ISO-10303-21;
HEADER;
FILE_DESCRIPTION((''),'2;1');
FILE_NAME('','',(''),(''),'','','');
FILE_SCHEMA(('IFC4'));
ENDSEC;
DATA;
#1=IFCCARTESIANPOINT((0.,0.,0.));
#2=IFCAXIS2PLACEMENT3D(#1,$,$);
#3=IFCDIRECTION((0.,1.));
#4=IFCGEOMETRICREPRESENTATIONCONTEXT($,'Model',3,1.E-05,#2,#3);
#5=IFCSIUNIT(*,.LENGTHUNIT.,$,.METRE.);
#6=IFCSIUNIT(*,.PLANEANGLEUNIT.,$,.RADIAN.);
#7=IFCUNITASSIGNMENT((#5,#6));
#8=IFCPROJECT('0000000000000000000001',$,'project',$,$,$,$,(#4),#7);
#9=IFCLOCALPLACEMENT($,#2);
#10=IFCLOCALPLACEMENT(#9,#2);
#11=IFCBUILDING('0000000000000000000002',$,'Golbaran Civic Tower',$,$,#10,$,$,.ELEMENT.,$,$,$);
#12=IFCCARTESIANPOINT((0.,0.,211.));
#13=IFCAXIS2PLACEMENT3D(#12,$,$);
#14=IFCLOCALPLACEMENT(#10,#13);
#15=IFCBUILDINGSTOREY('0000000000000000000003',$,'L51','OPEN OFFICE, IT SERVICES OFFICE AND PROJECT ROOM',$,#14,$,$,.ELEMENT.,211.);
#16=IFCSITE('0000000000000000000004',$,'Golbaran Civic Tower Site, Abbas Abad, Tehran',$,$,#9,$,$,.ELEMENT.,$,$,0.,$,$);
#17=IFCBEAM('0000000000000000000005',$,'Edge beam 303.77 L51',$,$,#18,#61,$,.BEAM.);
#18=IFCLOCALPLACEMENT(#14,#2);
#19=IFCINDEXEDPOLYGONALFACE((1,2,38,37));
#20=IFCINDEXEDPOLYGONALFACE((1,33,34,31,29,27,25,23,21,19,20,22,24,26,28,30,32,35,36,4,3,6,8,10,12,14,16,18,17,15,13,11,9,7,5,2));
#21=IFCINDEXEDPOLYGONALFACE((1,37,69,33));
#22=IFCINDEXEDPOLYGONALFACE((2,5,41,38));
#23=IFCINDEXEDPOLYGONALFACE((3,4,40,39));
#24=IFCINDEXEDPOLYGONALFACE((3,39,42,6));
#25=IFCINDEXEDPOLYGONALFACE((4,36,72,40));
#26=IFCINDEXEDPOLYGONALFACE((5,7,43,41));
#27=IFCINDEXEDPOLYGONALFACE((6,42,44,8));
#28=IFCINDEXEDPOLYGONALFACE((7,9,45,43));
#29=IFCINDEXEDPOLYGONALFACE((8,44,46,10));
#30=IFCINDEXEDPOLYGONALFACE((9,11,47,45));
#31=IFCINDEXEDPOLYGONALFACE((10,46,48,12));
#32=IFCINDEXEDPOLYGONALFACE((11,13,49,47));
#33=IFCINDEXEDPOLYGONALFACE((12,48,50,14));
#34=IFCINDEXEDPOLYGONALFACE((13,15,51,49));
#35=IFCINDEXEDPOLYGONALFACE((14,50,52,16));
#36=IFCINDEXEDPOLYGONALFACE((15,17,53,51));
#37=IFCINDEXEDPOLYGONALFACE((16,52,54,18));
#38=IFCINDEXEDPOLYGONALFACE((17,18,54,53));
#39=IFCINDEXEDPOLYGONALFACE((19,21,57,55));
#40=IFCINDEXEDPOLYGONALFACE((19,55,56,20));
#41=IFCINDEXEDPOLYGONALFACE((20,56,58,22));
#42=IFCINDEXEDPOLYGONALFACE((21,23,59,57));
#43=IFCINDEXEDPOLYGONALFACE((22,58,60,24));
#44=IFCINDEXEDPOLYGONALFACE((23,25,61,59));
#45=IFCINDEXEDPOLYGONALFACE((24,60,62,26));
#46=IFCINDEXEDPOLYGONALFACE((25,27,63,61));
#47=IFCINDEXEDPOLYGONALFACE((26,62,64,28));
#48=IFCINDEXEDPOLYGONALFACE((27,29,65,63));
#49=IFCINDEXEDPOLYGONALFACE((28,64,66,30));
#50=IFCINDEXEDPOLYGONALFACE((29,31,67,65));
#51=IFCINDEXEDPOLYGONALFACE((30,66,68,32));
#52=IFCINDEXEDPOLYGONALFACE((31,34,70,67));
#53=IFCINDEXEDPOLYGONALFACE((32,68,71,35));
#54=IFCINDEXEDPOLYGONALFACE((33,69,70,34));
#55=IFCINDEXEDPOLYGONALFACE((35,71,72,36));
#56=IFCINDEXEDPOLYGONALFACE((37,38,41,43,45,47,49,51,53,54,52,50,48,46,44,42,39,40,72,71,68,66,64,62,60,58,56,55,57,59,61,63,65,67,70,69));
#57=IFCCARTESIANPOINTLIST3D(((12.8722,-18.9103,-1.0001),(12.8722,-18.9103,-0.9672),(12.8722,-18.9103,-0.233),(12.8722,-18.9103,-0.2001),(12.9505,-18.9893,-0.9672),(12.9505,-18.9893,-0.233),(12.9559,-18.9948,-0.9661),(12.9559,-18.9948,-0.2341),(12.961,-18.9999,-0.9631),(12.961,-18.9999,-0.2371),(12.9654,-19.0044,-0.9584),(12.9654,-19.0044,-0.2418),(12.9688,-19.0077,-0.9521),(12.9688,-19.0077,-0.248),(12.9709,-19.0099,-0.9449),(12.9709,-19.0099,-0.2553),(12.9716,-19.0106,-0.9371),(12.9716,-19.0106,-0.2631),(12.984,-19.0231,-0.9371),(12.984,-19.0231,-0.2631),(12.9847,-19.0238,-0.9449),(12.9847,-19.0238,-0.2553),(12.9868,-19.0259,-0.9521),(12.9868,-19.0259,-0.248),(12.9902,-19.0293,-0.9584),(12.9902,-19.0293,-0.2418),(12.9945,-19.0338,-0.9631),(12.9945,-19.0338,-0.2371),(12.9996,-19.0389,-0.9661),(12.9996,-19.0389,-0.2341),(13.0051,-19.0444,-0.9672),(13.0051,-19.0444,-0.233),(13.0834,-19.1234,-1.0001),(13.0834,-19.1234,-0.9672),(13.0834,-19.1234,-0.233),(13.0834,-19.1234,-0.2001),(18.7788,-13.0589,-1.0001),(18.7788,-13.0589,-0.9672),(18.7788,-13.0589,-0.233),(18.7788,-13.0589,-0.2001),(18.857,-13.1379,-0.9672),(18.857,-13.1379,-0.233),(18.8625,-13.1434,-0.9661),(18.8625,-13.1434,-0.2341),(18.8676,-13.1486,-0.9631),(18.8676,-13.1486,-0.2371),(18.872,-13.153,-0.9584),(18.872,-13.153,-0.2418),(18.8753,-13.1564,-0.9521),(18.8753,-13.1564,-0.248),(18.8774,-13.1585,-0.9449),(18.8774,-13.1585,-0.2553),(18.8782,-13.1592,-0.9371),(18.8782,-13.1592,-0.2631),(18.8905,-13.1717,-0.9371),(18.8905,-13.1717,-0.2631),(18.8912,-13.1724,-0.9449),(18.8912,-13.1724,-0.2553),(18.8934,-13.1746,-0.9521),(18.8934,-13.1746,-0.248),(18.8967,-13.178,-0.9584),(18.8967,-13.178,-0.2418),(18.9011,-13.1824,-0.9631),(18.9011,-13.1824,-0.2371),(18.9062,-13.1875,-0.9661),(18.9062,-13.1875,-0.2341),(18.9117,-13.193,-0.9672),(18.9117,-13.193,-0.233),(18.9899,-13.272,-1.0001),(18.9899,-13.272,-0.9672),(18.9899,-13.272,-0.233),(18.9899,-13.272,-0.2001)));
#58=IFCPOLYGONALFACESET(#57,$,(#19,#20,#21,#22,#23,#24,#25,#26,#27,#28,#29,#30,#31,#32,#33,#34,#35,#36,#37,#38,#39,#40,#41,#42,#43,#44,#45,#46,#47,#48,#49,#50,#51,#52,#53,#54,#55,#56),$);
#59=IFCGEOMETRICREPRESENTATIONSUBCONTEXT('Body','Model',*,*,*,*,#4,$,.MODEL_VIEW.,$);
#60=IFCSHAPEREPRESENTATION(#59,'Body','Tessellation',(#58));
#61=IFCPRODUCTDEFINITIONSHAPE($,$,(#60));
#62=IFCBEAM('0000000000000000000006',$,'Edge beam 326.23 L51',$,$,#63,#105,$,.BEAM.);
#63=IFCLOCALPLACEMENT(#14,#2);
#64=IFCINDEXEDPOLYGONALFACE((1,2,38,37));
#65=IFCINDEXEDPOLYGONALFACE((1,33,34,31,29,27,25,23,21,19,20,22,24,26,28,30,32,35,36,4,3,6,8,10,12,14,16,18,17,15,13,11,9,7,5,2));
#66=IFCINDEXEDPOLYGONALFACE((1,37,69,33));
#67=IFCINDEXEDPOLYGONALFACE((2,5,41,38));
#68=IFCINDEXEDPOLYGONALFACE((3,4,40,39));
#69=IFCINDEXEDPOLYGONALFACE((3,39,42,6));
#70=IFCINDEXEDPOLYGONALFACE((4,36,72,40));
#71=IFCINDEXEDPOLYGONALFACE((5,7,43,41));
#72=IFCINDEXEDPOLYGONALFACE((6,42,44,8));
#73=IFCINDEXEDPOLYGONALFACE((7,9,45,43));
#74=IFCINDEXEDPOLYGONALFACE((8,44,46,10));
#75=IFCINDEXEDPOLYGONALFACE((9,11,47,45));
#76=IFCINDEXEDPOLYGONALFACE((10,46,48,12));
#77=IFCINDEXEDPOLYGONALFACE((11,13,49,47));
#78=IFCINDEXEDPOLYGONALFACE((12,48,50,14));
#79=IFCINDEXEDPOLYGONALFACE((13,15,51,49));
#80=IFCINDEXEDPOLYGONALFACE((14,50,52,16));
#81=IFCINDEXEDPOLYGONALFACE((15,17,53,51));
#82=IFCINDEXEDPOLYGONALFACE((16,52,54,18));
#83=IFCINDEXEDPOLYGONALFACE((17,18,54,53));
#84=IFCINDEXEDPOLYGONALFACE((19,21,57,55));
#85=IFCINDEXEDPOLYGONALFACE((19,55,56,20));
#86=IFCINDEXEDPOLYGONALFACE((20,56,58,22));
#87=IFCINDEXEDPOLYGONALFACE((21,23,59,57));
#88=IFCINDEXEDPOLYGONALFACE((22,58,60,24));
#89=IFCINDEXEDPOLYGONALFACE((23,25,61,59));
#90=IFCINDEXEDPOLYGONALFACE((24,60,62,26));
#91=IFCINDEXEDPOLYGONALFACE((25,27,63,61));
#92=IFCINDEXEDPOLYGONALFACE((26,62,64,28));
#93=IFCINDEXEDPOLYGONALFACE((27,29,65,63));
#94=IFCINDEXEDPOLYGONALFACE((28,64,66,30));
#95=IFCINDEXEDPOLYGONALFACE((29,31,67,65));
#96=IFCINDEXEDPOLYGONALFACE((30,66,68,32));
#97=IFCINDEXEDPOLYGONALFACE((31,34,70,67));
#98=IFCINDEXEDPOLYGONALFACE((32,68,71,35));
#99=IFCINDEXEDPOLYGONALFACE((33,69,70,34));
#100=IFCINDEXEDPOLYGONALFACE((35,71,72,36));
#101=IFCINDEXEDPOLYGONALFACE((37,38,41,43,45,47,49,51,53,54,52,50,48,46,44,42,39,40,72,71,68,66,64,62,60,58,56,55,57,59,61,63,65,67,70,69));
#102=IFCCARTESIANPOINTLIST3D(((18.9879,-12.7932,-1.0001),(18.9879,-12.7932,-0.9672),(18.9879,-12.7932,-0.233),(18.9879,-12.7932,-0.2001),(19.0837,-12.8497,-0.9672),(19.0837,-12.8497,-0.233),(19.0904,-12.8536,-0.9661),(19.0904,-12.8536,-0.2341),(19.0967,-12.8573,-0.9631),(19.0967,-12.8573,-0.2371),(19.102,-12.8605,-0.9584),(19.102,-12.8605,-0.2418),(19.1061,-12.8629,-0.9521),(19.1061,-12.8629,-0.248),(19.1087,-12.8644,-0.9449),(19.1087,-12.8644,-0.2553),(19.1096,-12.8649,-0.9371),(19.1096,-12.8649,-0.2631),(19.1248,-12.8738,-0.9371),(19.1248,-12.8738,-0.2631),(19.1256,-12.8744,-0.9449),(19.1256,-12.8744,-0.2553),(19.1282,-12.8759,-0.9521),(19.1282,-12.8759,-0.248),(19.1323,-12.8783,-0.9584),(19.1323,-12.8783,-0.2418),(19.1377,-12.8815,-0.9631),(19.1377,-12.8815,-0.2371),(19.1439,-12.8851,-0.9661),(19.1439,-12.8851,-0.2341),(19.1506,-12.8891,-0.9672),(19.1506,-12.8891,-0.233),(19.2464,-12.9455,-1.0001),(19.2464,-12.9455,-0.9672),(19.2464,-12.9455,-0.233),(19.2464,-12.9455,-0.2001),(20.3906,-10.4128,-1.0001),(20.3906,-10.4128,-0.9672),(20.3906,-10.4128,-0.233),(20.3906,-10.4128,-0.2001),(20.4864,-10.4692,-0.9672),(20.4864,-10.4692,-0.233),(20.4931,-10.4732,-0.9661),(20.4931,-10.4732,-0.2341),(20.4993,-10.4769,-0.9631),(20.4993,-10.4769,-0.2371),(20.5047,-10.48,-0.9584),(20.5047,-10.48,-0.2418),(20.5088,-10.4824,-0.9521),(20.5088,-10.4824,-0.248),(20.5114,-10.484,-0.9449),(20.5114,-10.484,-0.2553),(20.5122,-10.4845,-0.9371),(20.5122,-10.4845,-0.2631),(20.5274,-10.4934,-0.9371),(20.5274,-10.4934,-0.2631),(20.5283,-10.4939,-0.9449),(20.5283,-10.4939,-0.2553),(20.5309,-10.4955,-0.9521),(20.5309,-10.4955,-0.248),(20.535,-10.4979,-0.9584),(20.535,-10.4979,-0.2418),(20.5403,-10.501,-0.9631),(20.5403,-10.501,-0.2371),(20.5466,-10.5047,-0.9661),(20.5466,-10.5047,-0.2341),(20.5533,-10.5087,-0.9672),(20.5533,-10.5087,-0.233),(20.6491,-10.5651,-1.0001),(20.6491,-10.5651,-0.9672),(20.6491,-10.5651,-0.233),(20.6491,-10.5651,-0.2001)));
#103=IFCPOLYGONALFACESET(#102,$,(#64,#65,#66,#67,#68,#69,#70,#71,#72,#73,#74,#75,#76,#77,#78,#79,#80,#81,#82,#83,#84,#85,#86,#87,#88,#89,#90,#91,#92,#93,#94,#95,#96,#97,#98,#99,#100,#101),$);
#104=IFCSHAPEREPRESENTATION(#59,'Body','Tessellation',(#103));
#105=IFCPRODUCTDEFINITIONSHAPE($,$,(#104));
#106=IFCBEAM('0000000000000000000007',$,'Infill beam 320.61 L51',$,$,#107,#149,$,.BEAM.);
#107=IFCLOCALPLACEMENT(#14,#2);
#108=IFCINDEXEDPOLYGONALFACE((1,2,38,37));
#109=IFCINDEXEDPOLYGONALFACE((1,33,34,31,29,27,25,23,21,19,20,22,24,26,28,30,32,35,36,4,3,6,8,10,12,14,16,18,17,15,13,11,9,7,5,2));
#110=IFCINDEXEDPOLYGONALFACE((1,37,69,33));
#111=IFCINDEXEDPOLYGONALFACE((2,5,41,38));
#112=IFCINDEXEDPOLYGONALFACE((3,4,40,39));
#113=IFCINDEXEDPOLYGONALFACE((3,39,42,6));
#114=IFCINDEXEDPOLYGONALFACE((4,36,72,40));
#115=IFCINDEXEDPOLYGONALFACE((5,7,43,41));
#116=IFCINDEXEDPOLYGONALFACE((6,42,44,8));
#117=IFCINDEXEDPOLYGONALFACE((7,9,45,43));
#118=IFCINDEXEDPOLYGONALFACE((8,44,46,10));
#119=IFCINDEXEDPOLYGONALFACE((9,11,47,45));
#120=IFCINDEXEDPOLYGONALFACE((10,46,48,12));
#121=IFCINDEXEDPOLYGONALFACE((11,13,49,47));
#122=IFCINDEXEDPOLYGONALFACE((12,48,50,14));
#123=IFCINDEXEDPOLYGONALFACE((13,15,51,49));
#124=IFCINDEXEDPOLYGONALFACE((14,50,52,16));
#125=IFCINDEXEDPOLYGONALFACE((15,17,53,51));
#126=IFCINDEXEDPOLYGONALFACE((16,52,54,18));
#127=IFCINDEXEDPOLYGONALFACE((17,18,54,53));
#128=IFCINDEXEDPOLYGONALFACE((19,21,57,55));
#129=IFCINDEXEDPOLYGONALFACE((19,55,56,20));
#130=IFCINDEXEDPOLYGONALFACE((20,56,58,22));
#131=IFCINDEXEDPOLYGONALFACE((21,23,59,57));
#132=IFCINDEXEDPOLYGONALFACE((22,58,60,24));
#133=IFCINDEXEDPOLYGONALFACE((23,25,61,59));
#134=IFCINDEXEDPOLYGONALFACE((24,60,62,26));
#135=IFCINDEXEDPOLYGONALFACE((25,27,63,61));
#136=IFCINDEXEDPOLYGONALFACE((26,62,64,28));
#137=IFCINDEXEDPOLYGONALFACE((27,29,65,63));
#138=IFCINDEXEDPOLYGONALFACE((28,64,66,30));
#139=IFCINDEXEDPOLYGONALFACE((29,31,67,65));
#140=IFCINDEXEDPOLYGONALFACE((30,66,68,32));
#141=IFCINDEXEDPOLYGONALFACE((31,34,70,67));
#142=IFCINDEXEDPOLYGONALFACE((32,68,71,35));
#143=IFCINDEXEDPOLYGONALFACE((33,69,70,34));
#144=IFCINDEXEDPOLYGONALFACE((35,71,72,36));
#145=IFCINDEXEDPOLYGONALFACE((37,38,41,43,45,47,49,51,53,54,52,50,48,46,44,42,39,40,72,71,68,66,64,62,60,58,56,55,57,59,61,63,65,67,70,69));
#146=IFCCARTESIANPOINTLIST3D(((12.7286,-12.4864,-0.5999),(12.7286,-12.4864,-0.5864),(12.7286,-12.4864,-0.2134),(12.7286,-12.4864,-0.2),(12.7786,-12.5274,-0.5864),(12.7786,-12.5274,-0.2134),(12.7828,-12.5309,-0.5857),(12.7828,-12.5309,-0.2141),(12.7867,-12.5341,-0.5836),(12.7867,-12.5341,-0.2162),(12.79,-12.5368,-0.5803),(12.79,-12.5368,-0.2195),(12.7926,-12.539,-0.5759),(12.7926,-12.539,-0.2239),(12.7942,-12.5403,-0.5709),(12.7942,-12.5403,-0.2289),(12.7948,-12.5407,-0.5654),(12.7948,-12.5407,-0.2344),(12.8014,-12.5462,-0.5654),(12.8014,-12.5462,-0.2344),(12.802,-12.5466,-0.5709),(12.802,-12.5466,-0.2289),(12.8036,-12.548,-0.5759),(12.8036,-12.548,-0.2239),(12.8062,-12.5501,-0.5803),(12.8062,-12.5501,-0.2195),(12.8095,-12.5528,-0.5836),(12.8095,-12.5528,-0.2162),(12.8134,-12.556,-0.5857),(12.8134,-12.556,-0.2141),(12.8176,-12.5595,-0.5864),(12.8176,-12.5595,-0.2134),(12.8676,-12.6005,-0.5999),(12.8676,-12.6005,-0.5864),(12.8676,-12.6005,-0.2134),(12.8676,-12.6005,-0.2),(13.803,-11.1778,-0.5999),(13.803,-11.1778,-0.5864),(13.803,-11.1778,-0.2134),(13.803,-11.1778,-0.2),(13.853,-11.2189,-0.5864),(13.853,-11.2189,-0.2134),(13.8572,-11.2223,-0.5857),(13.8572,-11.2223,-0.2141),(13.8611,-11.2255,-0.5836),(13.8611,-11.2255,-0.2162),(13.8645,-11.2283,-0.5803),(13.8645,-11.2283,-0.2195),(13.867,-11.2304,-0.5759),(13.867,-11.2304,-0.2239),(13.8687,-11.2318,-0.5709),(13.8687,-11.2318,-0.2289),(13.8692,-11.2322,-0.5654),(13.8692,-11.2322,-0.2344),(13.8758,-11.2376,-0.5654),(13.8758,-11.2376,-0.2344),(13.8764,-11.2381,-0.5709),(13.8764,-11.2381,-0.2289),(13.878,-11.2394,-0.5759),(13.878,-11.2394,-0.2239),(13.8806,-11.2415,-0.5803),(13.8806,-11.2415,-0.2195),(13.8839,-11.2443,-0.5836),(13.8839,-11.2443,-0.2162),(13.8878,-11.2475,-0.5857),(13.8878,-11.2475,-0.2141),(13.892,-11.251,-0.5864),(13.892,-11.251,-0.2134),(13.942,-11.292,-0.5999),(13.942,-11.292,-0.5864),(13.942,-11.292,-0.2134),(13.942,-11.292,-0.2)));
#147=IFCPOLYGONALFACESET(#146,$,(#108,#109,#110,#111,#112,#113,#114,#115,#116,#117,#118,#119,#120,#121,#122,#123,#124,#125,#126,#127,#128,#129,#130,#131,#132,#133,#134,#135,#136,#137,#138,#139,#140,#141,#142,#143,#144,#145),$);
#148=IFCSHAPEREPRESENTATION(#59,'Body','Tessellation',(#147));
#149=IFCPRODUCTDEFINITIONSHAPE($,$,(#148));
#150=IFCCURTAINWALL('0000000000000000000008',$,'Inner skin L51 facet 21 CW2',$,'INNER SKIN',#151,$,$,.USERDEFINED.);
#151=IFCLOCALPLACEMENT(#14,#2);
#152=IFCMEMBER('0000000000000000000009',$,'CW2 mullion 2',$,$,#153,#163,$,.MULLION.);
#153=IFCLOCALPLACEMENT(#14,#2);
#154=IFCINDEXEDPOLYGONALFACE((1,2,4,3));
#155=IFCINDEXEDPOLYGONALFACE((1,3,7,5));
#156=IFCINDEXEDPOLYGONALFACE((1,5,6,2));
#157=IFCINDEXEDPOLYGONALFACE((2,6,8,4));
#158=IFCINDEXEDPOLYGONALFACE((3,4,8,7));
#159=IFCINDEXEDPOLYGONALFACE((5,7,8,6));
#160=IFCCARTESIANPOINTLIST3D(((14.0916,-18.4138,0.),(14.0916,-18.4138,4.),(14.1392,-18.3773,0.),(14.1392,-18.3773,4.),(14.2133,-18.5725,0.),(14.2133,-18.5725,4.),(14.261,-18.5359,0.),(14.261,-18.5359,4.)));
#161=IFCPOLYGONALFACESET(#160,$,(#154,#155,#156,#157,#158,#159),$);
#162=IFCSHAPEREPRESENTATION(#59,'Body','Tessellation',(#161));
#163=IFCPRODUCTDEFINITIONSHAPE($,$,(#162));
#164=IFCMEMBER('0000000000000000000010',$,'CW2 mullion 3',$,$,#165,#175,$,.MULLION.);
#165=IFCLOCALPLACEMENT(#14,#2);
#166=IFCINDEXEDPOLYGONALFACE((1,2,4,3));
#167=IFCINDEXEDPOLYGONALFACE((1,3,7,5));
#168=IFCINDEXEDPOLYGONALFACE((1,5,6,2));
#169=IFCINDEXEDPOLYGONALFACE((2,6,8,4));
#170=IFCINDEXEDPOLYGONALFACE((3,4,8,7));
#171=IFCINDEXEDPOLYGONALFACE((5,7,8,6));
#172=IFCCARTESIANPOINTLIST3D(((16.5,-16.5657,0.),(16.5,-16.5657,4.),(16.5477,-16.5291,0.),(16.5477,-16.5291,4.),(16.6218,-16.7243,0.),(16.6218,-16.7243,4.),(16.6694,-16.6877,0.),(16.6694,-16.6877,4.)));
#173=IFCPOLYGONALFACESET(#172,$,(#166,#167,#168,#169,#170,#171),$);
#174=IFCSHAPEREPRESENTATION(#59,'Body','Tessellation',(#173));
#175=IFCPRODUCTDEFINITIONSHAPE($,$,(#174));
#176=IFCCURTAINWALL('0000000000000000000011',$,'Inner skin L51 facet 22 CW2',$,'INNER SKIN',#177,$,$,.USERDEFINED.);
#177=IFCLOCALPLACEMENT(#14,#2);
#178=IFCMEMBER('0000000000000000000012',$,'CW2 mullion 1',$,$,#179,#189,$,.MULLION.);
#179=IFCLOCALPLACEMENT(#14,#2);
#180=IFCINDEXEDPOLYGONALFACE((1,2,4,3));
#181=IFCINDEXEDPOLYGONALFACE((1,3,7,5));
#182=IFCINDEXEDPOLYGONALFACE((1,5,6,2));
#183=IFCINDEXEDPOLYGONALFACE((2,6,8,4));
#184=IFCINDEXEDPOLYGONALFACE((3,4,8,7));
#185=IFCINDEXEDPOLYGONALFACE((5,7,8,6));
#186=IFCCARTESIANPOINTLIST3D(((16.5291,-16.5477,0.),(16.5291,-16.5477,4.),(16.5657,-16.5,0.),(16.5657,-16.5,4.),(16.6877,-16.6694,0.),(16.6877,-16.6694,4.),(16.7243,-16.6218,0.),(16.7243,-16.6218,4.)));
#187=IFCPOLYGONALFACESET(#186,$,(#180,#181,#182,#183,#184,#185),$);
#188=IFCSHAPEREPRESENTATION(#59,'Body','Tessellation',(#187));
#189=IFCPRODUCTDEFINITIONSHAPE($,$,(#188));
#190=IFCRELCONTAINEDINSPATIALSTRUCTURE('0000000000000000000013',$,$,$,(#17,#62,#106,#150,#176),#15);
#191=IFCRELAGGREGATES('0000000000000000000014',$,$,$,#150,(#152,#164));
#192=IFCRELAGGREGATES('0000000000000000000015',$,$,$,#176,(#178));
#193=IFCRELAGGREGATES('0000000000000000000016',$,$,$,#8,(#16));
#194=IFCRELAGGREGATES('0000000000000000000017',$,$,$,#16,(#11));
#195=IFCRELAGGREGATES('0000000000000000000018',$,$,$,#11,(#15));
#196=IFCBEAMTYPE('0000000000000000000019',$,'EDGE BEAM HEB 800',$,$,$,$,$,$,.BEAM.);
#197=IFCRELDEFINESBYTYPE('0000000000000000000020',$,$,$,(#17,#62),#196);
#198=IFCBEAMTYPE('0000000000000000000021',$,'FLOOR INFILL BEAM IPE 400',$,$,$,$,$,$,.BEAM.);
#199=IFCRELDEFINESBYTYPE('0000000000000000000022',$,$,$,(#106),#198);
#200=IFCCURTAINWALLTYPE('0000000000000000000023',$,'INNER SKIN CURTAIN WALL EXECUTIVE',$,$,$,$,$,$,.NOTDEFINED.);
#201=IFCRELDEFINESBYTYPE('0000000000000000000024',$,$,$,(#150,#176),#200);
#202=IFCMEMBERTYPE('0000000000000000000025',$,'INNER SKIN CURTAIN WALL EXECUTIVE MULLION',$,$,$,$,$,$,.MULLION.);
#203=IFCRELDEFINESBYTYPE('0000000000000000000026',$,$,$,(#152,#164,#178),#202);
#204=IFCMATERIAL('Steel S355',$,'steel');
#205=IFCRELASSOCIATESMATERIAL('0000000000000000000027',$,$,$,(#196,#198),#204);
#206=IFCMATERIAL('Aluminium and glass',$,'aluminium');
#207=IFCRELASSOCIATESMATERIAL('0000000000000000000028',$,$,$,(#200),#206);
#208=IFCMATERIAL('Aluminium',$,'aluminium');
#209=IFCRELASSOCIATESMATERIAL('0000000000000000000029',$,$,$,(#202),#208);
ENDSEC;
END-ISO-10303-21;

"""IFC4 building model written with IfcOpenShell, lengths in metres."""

from ifc_helpers import new_model, si_unit, direction, frame, origin, origin_2d, place, context, subcontext, project, spatial, rectangle, i_section, extrude, material, material_profile, profile_set, type_object, element, aggregate, save


model = new_model("IFC4")

# Units and contexts
model_context = context("Model", 3, precision=1e-05, world=origin(), true_north=direction((0.0, 1.0)))
body_context = subcontext(model_context, "Body", "Model", "MODEL_VIEW")
ifc_project = project(units=[si_unit("LENGTHUNIT", "METRE"), si_unit("PLANEANGLEUNIT", "RADIAN")], contexts=[model_context])

# Site, building, storey
site_placement = place(None, origin())
site = spatial("IfcSite", under=ifc_project, at=site_placement, Name="Golbaran Civic Tower Site, Abbas Abad, Tehran", CompositionType="ELEMENT", RefElevation=0.0)
building_placement = place(site_placement, origin())
building = spatial("IfcBuilding", under=site, at=building_placement, Name="Golbaran Civic Tower", CompositionType="ELEMENT")
storey_placement = place(building_placement, frame((0.0, 0.0, 211.0)))
storey = spatial("IfcBuildingStorey", under=building, at=storey_placement, Name="L51", Description="OPEN OFFICE, IT SERVICES OFFICE AND PROJECT ROOM", CompositionType="ELEMENT", Elevation=211.0)

# Beams
ifc_material_1 = material(Name="Steel S355", Category="steel")
ifc_material_profile_1 = material_profile(ifc_material_1, i_section(OverallWidth=0.3, OverallDepth=0.8, WebThickness=0.0176, FlangeThickness=0.033, FilletRadius=0.03, at=origin_2d()), Name="HEB 800")
ifc_profile_set_1 = profile_set([ifc_material_profile_1], Name="Steel S355")
beam_type_1 = type_object("IfcBeamType", Name="EDGE BEAM HEB 800", PredefinedType="BEAM", material=ifc_profile_set_1)
beam_1_placement = place(storey_placement, frame((12.9778, -19.0168, -0.6001), z_axis=(0.710417, 0.703781, 0.0), x_axis=(-0.703781, 0.710417, 0.0)))
element("IfcBeam", 1, at=beam_1_placement, inside=storey, type_object=beam_type_1, Name="Edge beam 303.77 L51", PredefinedType="BEAM", context=body_context, shape_type="SweptSolid", body=[
    extrude(i_section(OverallWidth=0.3, OverallDepth=0.8, WebThickness=0.0176, FlangeThickness=0.033, FilletRadius=0.03, at=origin_2d()), origin(), (0.0, 0.0, 1.0), 8.3142),
])
beam_2_placement = place(storey_placement, frame((19.1172, -12.8694, -0.6001), z_axis=(0.507657, 0.861559, 0.0), x_axis=(-0.861559, 0.507657, 0.0)))
element("IfcBeam", 2, at=beam_2_placement, inside=storey, type_object=beam_type_1, Name="Edge beam 326.23 L51", PredefinedType="BEAM", context=body_context, shape_type="SweptSolid", body=[
    extrude(i_section(OverallWidth=0.3, OverallDepth=0.8, WebThickness=0.0176, FlangeThickness=0.033, FilletRadius=0.03, at=origin_2d()), origin(), (0.0, 0.0, 1.0), 2.7629),
])
ifc_material_profile_2 = material_profile(ifc_material_1, i_section(OverallWidth=0.1799, OverallDepth=0.3999, WebThickness=0.0085, FlangeThickness=0.0134, FilletRadius=0.021, at=origin_2d()), Name="IPE 400")
ifc_profile_set_2 = profile_set([ifc_material_profile_2], Name="Steel S355")
beam_type_2 = type_object("IfcBeamType", Name="FLOOR INFILL BEAM IPE 400", PredefinedType="BEAM", material=ifc_profile_set_2)
beam_3_placement = place(storey_placement, frame((12.7981, -12.5435, -0.3999), z_axis=(0.63458, 0.772858, 0.0), x_axis=(-0.772858, 0.63458, 0.0)))
element("IfcBeam", 3, at=beam_3_placement, inside=storey, type_object=beam_type_2, Name="Infill beam 320.61 L51", PredefinedType="BEAM", context=body_context, shape_type="SweptSolid", body=[
    extrude(i_section(OverallWidth=0.1799, OverallDepth=0.3999, WebThickness=0.0085, FlangeThickness=0.0134, FilletRadius=0.021, at=origin_2d()), origin(), (0.0, 0.0, 1.0), 1.6931),
])

# Curtain walls, members
ifc_material_2 = material(Name="Aluminium and glass", Category="aluminium")
curtain_wall_type = type_object("IfcCurtainWallType", Name="INNER SKIN CURTAIN WALL EXECUTIVE", PredefinedType="NOTDEFINED", material=ifc_material_2)
curtain_wall_1_placement = place(storey_placement, origin())
curtain_wall_1 = element("IfcCurtainWall", 4, at=curtain_wall_1_placement, inside=storey, type_object=curtain_wall_type, Name="Inner skin L51 facet 21 CW2", ObjectType="INNER SKIN", PredefinedType="USERDEFINED")
ifc_material_3 = material(Name="Aluminium", Category="aluminium")
ifc_material_profile_3 = material_profile(ifc_material_3, rectangle(XDim=0.2, YDim=0.0601, at=origin_2d()), Name="INNER SKIN CURTAIN WALL EXECUTIVE MULLION")
ifc_profile_set_3 = profile_set([ifc_material_profile_3], Name="Aluminium")
member_type_1 = type_object("IfcMemberType", Name="INNER SKIN CURTAIN WALL EXECUTIVE MULLION", PredefinedType="MULLION", material=ifc_profile_set_3)
member_1_placement = place(storey_placement, frame((14.1763, -18.4749, 0.0), z_axis=(0.0, 0.0, 1.0), x_axis=(-0.608761, 0.793353, 0.0)))
member_1 = element("IfcMember", 5, at=member_1_placement, type_object=member_type_1, Name="CW2 mullion 2", PredefinedType="MULLION", context=body_context, shape_type="SweptSolid", body=[
    extrude(rectangle(XDim=0.2, YDim=0.0601, at=origin_2d()), origin(), (0.0, 0.0, 1.0), 4.0),
])
member_2_placement = place(storey_placement, frame((16.5847, -16.6267, 0.0), z_axis=(0.0, 0.0, 1.0), x_axis=(-0.608761, 0.793353, 0.0)))
member_2 = element("IfcMember", 6, at=member_2_placement, type_object=member_type_1, Name="CW2 mullion 3", PredefinedType="MULLION", context=body_context, shape_type="SweptSolid", body=[
    extrude(rectangle(XDim=0.2, YDim=0.0601, at=origin_2d()), origin(), (0.0, 0.0, 1.0), 4.0),
])
curtain_wall_2_placement = place(storey_placement, origin())
curtain_wall_2 = element("IfcCurtainWall", 7, at=curtain_wall_2_placement, inside=storey, type_object=curtain_wall_type, Name="Inner skin L51 facet 22 CW2", ObjectType="INNER SKIN", PredefinedType="USERDEFINED")
member_3_placement = place(storey_placement, frame((16.6267, -16.5847, 0.0), z_axis=(0.0, 0.0, 1.0), x_axis=(-0.793353, 0.608761, 0.0)))
member_3 = element("IfcMember", 8, at=member_3_placement, type_object=member_type_1, Name="CW2 mullion 1", PredefinedType="MULLION", context=body_context, shape_type="SweptSolid", body=[
    extrude(rectangle(XDim=0.2, YDim=0.0601, at=origin_2d()), origin(), (0.0, 0.0, 1.0), 4.0),
])

aggregate(curtain_wall_1, [member_1, member_2])
aggregate(curtain_wall_2, [member_3])

save(model, "model.ifc")
